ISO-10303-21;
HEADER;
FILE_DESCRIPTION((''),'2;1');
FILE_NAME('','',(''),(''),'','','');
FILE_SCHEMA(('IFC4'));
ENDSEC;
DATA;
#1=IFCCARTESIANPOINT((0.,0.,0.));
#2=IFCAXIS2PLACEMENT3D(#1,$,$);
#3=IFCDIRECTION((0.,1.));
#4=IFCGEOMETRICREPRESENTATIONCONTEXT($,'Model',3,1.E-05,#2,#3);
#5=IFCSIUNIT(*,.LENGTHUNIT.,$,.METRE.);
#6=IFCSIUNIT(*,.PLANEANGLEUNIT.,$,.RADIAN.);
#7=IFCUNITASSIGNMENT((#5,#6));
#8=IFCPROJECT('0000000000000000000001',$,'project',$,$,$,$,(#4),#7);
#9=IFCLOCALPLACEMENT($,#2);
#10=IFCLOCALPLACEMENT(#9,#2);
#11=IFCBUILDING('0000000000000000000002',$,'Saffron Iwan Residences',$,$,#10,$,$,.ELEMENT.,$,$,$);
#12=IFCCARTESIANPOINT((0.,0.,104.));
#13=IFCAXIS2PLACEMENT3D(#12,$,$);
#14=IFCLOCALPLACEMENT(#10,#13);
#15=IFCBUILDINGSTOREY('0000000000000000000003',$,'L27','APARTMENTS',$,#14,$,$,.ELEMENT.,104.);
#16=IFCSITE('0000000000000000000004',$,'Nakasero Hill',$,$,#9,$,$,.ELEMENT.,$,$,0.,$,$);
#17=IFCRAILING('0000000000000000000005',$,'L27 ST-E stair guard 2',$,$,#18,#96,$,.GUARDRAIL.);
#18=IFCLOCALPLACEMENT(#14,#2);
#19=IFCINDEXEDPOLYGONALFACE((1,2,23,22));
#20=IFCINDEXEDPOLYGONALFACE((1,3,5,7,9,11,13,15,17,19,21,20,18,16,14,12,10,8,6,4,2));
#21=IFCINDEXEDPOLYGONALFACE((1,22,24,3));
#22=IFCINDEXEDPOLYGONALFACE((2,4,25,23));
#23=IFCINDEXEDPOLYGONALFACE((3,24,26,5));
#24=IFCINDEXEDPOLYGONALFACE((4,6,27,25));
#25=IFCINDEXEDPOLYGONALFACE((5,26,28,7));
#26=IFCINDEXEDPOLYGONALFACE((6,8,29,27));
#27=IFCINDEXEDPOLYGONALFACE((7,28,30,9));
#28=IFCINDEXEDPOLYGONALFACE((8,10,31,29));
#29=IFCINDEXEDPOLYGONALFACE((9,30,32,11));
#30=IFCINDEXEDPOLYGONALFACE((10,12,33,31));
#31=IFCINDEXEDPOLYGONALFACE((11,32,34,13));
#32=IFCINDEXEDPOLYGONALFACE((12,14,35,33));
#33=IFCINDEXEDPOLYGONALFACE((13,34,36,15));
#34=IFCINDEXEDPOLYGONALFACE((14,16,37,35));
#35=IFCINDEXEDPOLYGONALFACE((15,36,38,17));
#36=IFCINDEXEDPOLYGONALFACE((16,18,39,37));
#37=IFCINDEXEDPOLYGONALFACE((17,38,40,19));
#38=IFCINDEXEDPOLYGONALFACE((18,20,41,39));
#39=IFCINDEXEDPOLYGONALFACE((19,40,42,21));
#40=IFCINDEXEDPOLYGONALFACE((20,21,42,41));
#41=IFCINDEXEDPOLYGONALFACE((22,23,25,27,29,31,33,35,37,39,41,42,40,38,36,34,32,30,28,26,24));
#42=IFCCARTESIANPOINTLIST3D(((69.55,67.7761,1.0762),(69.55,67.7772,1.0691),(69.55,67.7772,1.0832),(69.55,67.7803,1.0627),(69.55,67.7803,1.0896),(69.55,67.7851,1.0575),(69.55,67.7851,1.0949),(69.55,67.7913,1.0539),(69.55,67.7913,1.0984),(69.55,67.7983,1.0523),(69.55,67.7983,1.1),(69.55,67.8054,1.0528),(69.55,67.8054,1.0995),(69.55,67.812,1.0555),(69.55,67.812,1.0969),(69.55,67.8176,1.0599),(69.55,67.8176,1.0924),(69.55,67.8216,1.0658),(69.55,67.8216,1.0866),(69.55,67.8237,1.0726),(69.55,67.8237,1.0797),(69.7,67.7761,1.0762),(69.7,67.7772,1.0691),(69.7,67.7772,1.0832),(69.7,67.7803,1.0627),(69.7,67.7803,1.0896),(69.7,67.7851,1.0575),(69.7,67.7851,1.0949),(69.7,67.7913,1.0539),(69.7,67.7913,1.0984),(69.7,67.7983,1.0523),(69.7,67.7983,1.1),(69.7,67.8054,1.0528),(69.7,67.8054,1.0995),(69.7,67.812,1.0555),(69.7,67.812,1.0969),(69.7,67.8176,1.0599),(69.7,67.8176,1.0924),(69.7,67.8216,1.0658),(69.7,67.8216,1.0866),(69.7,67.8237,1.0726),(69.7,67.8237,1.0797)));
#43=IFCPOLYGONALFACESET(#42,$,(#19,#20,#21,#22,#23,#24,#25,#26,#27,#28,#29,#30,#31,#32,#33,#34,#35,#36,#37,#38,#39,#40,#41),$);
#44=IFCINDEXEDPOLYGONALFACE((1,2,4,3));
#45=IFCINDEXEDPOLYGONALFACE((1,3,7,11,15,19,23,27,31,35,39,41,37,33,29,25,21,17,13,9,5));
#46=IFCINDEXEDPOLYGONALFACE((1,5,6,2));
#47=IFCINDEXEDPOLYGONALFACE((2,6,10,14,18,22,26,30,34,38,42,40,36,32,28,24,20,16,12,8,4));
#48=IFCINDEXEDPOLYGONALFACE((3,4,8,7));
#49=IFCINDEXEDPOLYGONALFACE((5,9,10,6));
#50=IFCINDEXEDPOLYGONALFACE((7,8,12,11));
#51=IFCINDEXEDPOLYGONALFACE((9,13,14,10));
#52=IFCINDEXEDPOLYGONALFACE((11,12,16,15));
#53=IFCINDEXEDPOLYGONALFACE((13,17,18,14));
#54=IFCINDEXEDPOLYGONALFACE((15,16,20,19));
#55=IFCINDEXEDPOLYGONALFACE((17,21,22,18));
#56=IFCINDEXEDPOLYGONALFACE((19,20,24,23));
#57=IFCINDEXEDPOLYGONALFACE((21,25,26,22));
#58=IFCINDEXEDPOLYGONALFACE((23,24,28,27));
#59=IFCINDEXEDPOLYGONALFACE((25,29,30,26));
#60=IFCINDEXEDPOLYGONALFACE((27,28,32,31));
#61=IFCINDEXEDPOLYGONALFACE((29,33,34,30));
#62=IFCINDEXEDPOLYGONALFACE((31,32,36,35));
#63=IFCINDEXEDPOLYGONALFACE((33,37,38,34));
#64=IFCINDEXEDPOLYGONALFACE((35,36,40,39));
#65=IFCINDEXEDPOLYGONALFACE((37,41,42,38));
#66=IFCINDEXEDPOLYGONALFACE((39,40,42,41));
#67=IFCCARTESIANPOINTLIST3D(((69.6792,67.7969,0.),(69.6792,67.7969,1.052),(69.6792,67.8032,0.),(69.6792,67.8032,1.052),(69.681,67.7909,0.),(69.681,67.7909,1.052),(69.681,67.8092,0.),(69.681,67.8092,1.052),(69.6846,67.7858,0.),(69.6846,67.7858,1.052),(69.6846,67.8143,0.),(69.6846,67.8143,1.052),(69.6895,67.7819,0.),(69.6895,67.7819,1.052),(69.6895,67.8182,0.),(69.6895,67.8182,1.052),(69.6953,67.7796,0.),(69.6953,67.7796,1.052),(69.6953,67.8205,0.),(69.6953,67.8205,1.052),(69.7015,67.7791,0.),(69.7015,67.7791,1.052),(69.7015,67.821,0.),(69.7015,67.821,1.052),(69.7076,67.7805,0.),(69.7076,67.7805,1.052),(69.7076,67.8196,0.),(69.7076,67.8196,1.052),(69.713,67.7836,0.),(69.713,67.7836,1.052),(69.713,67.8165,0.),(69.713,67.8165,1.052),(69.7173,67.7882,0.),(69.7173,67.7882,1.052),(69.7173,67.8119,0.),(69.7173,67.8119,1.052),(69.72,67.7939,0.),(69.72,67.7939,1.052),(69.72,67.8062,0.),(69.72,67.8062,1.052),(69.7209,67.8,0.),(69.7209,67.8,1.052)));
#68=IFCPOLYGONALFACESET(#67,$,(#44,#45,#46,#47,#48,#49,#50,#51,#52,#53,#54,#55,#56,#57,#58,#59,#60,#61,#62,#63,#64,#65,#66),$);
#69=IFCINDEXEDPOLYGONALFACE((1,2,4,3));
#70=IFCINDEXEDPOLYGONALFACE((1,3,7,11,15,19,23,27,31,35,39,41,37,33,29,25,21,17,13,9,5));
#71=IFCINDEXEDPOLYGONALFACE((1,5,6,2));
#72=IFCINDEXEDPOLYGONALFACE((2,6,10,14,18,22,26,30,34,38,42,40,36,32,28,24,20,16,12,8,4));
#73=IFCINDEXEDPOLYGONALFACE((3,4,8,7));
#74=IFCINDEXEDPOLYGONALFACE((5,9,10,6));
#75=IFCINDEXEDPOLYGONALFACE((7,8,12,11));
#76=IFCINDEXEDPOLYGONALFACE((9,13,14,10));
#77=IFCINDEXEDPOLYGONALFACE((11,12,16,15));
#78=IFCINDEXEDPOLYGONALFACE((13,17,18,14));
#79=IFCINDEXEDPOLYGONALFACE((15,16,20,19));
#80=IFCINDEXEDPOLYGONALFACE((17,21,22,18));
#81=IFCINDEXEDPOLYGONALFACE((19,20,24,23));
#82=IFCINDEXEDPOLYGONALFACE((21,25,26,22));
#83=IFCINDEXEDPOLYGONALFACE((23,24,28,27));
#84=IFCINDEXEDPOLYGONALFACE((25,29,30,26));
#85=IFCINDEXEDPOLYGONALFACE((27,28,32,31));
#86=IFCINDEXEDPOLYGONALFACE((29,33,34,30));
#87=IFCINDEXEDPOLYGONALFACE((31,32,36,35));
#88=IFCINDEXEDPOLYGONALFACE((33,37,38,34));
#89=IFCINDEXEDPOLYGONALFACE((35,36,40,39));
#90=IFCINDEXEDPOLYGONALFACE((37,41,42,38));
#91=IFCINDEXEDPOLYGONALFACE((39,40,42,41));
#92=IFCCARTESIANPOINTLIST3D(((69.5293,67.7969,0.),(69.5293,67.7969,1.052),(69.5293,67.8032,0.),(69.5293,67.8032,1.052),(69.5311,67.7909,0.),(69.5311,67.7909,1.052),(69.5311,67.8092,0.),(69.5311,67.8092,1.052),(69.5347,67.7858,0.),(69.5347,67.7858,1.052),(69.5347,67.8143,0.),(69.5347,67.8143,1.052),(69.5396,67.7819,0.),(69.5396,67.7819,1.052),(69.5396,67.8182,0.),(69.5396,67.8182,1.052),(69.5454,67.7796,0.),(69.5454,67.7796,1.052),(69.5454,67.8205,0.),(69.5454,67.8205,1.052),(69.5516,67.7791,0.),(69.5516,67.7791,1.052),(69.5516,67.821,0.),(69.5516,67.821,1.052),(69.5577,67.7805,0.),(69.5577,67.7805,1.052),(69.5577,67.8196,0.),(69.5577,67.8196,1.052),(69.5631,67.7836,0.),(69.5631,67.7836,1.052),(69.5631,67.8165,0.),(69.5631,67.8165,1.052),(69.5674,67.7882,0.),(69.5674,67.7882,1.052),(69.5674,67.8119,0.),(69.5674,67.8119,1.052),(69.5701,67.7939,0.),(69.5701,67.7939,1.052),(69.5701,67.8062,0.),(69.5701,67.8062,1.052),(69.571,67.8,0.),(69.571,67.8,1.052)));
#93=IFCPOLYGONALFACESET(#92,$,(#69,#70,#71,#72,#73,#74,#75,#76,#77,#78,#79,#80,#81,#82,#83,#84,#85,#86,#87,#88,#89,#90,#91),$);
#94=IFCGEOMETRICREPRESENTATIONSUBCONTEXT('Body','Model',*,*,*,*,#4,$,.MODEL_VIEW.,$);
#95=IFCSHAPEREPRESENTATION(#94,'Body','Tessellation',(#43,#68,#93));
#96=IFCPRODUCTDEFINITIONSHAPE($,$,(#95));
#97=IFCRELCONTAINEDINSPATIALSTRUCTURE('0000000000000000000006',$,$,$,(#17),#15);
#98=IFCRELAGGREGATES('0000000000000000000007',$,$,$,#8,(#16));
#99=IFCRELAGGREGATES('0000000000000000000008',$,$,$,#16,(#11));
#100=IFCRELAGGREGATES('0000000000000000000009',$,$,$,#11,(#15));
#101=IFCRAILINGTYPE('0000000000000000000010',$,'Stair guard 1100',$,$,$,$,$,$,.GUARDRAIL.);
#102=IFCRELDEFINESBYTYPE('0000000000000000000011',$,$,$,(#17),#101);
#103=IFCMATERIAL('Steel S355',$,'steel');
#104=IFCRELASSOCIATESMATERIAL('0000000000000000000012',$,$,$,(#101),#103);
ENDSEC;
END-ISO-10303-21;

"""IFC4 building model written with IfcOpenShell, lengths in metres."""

from ifc_helpers import new_model, si_unit, direction, frame, origin, origin_2d, place, context, subcontext, project, spatial, circle, extrude, material, type_object, element, save


model = new_model("IFC4")

# Units and contexts
model_context = context("Model", 3, precision=1e-05, world=origin(), true_north=direction((0.0, 1.0)))
body_context = subcontext(model_context, "Body", "Model", "MODEL_VIEW")
ifc_project = project(units=[si_unit("LENGTHUNIT", "METRE"), si_unit("PLANEANGLEUNIT", "RADIAN")], contexts=[model_context])

# Site, building, storey
site_placement = place(None, origin())
site = spatial("IfcSite", under=ifc_project, at=site_placement, Name="Nakasero Hill", CompositionType="ELEMENT", RefElevation=0.0)
building_placement = place(site_placement, origin())
building = spatial("IfcBuilding", under=site, at=building_placement, Name="Saffron Iwan Residences", CompositionType="ELEMENT")
storey_placement = place(building_placement, frame((0.0, 0.0, 104.0)))
storey = spatial("IfcBuildingStorey", under=building, at=storey_placement, Name="L27", Description="APARTMENTS", CompositionType="ELEMENT", Elevation=104.0)

# Railing
ifc_material_1 = material(Name="Steel S355", Category="steel")
railing_type_1 = type_object("IfcRailingType", Name="Stair guard 1100", PredefinedType="GUARDRAIL", material=ifc_material_1)
railing_1_placement = place(storey_placement, frame((69.7, 67.8, 0.0)))
element("IfcRailing", 1, at=railing_1_placement, inside=storey, type_object=railing_type_1, Name="L27 ST-E stair guard 2", PredefinedType="GUARDRAIL", context=body_context, shape_type="SweptSolid", body=[
    extrude(circle(Radius=0.0239, at=origin_2d()), frame((0.0, 0.0, 1.0762), z_axis=(-1.0, 0.0, 0.0), x_axis=(0.0, -1.0, 0.0)), (0.0, 0.0, 1.0), 0.1499),
    extrude(circle(Radius=0.021, at=origin_2d()), origin(), (0.0, 0.0, 1.0), 1.052),
    extrude(circle(Radius=0.021, at=origin_2d()), frame((-0.1499, 0.0, 0.0)), (0.0, 0.0, 1.0), 1.052),
])

save(model, "model.ifc")
